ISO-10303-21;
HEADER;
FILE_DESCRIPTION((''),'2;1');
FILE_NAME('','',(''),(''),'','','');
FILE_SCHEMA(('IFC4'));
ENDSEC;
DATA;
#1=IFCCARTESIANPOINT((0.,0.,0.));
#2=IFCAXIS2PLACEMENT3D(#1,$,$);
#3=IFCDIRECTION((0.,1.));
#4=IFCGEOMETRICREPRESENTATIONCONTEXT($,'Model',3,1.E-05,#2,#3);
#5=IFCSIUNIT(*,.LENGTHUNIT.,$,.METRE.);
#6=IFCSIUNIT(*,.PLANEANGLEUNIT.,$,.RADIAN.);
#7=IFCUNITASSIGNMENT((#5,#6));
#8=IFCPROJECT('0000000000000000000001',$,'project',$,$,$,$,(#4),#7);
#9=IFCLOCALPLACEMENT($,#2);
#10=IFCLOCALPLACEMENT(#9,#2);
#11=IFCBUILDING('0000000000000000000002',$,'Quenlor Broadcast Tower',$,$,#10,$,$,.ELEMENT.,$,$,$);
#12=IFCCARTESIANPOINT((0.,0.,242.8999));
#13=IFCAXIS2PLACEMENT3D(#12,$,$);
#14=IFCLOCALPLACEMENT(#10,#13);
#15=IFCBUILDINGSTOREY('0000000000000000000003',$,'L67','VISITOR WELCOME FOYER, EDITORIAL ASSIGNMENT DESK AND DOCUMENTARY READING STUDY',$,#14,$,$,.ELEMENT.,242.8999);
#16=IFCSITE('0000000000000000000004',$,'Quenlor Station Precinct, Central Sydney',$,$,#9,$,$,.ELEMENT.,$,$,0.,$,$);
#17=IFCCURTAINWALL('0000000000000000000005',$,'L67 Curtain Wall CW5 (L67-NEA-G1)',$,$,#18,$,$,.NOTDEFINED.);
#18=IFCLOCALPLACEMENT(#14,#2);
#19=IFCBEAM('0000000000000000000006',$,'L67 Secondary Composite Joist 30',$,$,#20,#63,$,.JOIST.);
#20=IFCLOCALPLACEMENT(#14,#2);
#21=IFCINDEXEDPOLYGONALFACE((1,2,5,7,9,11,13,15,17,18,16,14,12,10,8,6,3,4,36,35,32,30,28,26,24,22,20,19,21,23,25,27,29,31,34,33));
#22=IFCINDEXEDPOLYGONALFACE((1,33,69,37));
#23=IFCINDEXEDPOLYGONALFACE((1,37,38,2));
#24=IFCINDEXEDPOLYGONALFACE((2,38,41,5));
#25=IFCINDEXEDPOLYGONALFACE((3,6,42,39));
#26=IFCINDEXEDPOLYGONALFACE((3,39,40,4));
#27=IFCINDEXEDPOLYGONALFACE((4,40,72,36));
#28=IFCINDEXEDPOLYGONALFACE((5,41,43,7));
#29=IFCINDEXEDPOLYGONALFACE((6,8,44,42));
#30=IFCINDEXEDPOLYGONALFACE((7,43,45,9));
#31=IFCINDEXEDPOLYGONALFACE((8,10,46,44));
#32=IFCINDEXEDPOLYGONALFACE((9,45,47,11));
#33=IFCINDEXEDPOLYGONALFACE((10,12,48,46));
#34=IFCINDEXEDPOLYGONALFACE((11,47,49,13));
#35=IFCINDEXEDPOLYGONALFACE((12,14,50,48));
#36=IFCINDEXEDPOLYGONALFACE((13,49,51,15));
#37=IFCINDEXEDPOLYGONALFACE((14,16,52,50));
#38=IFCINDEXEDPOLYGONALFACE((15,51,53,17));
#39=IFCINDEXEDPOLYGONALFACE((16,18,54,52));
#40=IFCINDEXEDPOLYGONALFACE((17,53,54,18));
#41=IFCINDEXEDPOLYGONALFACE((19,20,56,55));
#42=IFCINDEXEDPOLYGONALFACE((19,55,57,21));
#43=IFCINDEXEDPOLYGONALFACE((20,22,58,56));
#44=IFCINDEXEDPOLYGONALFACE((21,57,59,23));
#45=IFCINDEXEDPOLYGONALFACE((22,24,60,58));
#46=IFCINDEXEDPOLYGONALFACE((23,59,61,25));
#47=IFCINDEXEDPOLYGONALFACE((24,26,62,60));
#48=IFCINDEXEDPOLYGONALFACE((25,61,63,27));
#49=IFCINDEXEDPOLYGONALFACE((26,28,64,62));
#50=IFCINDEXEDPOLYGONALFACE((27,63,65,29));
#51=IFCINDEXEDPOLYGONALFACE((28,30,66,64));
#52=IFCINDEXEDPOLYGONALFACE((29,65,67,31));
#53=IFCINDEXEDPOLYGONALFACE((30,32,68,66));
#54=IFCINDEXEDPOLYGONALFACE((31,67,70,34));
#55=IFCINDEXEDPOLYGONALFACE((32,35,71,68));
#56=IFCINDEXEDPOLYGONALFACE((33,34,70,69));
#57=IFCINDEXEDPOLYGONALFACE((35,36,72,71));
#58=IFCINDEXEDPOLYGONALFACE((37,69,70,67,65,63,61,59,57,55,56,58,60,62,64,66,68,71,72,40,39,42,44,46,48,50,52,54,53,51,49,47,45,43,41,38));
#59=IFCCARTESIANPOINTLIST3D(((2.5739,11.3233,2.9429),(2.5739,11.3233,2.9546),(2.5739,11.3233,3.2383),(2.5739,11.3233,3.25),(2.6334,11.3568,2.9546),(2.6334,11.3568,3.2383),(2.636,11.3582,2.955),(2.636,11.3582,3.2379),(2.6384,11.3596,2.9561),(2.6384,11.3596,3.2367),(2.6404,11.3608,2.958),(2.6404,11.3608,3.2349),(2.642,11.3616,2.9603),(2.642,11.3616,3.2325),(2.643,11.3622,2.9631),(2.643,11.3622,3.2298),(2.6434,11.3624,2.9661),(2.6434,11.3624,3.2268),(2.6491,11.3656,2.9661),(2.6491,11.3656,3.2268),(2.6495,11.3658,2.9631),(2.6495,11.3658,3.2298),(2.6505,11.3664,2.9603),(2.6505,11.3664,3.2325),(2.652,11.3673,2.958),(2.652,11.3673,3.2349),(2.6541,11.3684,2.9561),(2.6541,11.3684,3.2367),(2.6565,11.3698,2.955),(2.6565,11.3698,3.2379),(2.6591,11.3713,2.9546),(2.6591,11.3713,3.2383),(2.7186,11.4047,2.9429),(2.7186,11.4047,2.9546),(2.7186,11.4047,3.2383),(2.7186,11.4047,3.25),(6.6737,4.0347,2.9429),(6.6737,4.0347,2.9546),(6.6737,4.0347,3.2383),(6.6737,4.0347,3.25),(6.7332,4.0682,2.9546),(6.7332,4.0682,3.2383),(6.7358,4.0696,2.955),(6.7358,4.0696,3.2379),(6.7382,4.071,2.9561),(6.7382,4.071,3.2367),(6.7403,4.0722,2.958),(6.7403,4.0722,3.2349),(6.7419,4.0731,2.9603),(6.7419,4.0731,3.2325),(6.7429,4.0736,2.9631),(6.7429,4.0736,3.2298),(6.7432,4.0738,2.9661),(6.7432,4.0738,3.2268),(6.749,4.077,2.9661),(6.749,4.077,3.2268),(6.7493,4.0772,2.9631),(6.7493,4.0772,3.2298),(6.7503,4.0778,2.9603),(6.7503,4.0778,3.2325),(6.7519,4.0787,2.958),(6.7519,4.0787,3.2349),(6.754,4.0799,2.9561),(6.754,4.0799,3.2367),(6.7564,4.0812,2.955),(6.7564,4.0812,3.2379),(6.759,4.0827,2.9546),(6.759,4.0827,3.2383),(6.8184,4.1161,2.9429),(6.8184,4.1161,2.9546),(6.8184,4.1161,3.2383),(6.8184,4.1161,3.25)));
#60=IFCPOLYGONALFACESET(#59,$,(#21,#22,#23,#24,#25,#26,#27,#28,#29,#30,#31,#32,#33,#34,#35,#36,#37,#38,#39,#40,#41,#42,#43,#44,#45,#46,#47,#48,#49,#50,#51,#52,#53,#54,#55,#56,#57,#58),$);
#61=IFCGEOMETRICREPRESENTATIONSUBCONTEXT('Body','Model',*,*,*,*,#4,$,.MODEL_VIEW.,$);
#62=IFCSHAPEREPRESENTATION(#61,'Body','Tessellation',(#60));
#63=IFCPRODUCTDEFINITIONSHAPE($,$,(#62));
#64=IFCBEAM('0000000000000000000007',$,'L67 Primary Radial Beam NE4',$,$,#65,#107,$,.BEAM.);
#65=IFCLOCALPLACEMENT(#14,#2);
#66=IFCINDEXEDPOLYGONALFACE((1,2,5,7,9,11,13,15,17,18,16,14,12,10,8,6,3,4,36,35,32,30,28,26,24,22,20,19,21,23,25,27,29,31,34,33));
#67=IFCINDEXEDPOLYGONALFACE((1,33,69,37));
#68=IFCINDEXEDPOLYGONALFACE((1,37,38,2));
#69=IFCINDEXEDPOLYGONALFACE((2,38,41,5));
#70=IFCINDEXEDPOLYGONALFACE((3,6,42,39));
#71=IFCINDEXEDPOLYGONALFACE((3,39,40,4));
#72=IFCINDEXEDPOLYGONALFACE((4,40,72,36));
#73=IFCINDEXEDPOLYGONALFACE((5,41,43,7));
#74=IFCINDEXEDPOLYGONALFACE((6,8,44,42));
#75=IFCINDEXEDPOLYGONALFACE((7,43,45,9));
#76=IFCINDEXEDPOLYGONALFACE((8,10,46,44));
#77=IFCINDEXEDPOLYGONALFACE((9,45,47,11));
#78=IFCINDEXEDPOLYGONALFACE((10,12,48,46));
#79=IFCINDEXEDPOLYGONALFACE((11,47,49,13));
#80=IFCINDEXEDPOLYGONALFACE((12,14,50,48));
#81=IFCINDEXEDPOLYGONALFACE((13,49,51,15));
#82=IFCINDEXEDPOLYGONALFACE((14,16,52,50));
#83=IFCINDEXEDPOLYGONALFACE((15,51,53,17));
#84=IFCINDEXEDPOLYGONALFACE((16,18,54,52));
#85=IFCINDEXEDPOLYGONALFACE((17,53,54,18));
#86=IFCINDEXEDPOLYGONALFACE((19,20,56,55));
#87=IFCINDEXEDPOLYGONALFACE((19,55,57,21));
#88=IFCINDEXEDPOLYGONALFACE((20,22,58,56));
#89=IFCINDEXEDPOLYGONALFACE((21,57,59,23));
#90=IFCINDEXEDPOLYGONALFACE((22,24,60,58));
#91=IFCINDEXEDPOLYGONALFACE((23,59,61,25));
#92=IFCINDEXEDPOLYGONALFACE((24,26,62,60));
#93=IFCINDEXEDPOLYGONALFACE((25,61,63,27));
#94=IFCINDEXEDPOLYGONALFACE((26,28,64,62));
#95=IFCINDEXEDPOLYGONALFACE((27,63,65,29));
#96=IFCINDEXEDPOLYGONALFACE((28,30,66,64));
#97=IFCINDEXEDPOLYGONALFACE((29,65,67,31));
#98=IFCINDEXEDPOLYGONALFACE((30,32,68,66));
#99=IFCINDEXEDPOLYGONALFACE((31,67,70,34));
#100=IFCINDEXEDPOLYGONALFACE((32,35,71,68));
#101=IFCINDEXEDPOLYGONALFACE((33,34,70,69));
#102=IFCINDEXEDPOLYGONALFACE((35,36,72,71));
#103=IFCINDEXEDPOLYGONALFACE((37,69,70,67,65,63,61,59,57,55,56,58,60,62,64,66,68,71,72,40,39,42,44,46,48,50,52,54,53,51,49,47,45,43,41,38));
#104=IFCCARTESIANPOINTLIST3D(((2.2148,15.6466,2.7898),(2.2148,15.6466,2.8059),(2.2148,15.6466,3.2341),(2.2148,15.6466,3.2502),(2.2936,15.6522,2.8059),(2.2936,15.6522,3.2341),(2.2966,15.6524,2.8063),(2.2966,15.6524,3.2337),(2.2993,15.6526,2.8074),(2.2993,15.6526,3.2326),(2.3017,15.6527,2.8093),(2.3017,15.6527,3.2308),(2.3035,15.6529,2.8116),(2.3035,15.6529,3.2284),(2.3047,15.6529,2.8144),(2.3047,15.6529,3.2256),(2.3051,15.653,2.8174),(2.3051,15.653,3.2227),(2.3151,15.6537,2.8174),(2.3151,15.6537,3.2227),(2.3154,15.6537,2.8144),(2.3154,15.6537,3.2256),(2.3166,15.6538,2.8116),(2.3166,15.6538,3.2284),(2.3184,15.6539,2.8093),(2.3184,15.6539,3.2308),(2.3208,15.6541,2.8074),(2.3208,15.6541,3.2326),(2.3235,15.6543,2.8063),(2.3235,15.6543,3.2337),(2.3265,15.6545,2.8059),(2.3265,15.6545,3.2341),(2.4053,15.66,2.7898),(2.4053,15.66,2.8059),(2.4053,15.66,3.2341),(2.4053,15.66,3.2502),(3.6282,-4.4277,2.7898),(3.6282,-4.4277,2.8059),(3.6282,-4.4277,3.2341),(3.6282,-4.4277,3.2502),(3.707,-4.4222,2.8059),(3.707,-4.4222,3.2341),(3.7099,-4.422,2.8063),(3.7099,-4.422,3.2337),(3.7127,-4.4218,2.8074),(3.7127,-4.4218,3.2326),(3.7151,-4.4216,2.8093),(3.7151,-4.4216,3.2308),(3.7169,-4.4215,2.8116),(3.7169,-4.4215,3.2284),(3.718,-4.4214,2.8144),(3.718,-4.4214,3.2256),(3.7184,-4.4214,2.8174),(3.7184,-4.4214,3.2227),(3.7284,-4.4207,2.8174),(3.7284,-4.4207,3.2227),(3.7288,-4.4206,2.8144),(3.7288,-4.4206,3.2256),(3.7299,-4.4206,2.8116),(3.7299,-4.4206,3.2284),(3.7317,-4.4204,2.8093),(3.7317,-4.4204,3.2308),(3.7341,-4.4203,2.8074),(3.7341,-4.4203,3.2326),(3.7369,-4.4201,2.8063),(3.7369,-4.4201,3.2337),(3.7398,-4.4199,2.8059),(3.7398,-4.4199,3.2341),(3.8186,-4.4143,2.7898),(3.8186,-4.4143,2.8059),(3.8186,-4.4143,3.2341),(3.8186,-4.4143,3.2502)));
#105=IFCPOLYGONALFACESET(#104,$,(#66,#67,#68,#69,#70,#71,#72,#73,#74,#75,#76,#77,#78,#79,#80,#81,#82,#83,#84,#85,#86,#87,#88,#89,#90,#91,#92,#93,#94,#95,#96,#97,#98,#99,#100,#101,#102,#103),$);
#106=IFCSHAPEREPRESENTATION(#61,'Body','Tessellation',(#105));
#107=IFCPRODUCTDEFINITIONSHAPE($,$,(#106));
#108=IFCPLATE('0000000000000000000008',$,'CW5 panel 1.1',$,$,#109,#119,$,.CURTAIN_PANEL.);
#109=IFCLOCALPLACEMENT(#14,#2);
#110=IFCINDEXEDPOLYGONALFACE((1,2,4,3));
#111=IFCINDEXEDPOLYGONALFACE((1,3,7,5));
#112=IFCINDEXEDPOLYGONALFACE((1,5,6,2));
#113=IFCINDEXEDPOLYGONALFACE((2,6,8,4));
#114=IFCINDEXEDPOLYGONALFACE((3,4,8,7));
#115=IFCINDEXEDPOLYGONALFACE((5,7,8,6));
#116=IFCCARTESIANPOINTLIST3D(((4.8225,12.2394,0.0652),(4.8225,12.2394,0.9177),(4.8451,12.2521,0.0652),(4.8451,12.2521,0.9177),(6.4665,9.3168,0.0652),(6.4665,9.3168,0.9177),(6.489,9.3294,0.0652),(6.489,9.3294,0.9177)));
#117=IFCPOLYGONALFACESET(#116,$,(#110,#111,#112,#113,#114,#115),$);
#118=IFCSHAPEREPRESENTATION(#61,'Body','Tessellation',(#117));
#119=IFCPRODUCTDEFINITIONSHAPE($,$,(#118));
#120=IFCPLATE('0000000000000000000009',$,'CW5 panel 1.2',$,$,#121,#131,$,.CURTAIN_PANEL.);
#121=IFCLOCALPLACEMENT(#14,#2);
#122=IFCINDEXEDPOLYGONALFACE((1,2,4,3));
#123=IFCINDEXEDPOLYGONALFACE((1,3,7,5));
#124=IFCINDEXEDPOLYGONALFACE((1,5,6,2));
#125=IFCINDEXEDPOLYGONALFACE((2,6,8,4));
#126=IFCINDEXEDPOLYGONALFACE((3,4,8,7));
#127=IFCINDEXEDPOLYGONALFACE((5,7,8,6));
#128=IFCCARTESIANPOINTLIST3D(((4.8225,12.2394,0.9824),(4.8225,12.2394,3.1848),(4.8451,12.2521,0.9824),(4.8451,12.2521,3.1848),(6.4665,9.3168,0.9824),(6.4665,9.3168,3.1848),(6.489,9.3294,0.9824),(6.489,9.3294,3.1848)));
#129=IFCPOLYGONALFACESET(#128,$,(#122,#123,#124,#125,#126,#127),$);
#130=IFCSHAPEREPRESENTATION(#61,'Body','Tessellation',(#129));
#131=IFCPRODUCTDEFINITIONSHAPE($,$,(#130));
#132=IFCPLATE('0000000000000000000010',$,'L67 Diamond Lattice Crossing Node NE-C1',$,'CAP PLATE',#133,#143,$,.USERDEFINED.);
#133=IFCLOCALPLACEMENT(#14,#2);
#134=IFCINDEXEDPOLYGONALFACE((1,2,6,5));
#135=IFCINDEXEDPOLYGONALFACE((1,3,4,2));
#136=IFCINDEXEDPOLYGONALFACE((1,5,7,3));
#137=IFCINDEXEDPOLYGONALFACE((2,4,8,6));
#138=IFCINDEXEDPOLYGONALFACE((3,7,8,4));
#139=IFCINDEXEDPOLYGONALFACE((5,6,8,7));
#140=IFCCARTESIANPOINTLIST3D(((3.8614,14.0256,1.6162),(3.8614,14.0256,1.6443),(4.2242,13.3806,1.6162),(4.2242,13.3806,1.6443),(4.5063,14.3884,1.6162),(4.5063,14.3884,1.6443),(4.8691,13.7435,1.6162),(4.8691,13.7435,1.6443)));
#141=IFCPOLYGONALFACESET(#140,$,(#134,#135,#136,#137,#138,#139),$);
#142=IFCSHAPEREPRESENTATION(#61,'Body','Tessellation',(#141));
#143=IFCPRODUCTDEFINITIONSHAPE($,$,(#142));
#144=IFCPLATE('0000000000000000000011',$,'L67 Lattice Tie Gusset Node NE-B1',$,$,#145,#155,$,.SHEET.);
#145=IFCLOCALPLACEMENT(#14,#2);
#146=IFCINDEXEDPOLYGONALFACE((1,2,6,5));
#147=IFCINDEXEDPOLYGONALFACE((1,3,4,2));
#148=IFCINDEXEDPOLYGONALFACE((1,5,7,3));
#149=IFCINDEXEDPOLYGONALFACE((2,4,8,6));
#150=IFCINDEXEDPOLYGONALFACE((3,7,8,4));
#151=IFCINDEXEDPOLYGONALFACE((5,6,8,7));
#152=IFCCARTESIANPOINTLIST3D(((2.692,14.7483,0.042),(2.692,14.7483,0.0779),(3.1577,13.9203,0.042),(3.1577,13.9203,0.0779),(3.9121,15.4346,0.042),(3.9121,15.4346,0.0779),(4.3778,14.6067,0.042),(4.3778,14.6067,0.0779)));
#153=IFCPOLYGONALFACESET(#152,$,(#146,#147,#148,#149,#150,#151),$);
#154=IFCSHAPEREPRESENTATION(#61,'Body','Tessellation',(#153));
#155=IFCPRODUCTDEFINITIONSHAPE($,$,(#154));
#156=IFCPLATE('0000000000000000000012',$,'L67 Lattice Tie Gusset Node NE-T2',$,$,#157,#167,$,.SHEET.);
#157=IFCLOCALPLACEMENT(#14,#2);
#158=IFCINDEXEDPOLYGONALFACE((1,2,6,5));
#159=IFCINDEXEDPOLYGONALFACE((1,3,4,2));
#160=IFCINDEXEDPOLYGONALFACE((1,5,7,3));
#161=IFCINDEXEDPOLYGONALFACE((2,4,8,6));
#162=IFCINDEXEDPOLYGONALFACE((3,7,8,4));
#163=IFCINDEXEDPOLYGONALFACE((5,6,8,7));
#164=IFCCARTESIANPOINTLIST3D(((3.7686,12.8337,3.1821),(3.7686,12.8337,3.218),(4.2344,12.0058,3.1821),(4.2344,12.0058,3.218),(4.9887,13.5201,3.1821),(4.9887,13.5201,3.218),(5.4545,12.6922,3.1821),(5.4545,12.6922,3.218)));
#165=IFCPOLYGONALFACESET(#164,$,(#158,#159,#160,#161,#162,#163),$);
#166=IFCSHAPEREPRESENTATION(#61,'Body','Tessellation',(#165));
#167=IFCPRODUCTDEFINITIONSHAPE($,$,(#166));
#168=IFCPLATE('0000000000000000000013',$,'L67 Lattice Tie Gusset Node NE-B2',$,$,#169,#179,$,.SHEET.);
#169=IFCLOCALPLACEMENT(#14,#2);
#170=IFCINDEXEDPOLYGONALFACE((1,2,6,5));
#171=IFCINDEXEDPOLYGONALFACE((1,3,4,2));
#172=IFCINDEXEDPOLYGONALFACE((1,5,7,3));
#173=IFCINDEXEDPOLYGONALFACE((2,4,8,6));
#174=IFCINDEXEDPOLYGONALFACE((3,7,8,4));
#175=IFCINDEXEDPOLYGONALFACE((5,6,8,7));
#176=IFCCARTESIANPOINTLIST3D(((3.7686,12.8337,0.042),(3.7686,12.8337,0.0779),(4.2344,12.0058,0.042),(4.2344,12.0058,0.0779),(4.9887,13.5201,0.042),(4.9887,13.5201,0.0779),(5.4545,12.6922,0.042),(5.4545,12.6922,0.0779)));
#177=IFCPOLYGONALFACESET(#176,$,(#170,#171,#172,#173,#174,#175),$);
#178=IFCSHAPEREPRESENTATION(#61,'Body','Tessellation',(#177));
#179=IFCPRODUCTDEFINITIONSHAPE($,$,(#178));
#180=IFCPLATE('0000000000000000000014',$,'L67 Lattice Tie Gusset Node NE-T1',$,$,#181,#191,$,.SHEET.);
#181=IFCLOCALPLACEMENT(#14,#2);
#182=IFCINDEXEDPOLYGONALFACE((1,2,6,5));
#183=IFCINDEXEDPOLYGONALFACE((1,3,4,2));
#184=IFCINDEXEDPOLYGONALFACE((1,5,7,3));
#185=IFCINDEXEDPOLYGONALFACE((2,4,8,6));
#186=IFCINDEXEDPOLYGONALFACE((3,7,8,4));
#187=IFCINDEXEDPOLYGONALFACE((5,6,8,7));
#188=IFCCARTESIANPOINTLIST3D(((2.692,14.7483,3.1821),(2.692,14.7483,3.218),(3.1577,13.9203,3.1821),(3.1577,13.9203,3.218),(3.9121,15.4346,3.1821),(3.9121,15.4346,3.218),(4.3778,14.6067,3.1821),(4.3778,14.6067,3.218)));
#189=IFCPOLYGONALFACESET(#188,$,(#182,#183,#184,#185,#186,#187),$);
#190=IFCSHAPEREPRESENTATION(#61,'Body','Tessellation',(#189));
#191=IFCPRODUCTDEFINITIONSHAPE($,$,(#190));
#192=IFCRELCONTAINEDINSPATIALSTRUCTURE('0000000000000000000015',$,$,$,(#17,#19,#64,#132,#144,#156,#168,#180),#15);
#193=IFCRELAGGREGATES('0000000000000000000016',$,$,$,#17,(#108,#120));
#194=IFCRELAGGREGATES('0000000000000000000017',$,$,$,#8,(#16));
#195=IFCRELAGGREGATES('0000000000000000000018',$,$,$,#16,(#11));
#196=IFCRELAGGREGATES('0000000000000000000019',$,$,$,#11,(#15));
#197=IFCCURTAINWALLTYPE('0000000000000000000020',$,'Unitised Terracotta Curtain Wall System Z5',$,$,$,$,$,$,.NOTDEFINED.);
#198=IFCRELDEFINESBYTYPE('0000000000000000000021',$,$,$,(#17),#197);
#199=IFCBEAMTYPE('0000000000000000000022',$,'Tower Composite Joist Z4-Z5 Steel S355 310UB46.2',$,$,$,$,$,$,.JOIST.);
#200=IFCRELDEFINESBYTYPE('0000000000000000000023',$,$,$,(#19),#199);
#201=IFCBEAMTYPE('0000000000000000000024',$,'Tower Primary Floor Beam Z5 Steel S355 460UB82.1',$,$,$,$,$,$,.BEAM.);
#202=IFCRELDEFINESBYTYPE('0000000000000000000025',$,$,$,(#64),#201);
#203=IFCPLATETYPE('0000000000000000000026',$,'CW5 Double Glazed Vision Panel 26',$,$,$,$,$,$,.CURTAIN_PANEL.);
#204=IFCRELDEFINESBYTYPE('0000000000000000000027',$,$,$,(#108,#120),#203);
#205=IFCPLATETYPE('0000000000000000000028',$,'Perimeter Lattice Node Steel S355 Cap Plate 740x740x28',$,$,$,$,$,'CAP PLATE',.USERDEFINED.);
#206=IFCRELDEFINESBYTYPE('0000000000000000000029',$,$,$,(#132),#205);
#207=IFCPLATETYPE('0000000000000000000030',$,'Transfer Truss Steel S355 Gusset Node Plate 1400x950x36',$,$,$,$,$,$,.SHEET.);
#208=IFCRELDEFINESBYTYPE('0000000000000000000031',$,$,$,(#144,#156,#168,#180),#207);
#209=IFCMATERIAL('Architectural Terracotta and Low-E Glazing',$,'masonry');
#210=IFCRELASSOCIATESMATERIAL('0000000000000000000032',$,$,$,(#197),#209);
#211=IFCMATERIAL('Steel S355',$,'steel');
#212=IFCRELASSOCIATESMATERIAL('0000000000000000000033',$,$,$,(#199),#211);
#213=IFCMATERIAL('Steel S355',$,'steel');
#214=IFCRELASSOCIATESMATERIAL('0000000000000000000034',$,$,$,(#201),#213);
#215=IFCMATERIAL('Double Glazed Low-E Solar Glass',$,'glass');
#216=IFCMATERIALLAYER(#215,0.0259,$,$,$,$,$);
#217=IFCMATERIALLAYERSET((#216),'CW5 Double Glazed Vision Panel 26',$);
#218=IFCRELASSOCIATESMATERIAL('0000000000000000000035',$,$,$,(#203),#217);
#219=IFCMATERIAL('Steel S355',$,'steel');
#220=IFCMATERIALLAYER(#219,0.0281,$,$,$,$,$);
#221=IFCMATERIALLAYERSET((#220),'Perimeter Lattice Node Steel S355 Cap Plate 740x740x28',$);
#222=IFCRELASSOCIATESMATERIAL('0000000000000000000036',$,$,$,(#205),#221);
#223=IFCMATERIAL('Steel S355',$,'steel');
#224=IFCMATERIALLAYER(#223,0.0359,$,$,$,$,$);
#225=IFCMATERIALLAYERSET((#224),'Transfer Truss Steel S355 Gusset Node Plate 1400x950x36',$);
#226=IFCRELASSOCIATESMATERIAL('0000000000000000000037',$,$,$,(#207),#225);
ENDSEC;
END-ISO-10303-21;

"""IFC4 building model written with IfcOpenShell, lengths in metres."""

from ifc_helpers import new_model, si_unit, direction, frame, origin, origin_2d, place, context, subcontext, project, spatial, rectangle, i_section, extrude, material, layer, layer_set, material_profile, profile_set, type_object, element, aggregate, save


model = new_model("IFC4")

# Units and contexts
model_context = context("Model", 3, precision=1e-05, world=origin(), true_north=direction((0.0, 1.0)))
body_context = subcontext(model_context, "Body", "Model", "MODEL_VIEW")
ifc_project = project(units=[si_unit("LENGTHUNIT", "METRE"), si_unit("PLANEANGLEUNIT", "RADIAN")], contexts=[model_context])

# Site, building, storey
site_placement = place(None, origin())
site = spatial("IfcSite", under=ifc_project, at=site_placement, Name="Quenlor Station Precinct, Central Sydney", CompositionType="ELEMENT", RefElevation=0.0)
building_placement = place(site_placement, origin())
building = spatial("IfcBuilding", under=site, at=building_placement, Name="Quenlor Broadcast Tower", CompositionType="ELEMENT")
storey_placement = place(building_placement, frame((0.0, 0.0, 242.8999)))
storey = spatial("IfcBuildingStorey", under=building, at=storey_placement, Name="L67", Description="VISITOR WELCOME FOYER, EDITORIAL ASSIGNMENT DESK AND DOCUMENTARY READING STUDY", CompositionType="ELEMENT", Elevation=242.8999)

# Curtain wall
ifc_material_1 = material(Name="Architectural Terracotta and Low-E Glazing", Category="masonry")
curtain_wall_type = type_object("IfcCurtainWallType", Name="Unitised Terracotta Curtain Wall System Z5", PredefinedType="NOTDEFINED", material=ifc_material_1)
curtain_wall_placement = place(storey_placement, origin())
curtain_wall = element("IfcCurtainWall", 1, at=curtain_wall_placement, inside=storey, type_object=curtain_wall_type, Name="L67 Curtain Wall CW5 (L67-NEA-G1)", PredefinedType="NOTDEFINED")

# Beams
ifc_material_2 = material(Name="Steel S355", Category="steel")
ifc_material_profile_1 = material_profile(ifc_material_2, i_section(OverallWidth=0.166, OverallDepth=0.3071, WebThickness=0.0066, FlangeThickness=0.0117, FilletRadius=0.0115, at=origin_2d()))
ifc_profile_set_1 = profile_set([ifc_material_profile_1], Name="Steel S355 310UB46.2")
beam_type_1 = type_object("IfcBeamType", Name="Tower Composite Joist Z4-Z5 Steel S355 310UB46.2", PredefinedType="JOIST", material=ifc_profile_set_1)
beam_1_placement = place(storey_placement, frame((2.6462, 11.364, 3.0964), z_axis=(0.490264, -0.871574, 0.0), x_axis=(0.871574, 0.490264, 0.0)))
element("IfcBeam", 2, at=beam_1_placement, inside=storey, type_object=beam_type_1, Name="L67 Secondary Composite Joist 30", PredefinedType="JOIST", context=body_context, shape_type="SweptSolid", body=[
    extrude(i_section(OverallWidth=0.166, OverallDepth=0.3071, WebThickness=0.0066, FlangeThickness=0.0117, FilletRadius=0.0115, at=origin_2d()), origin(), (0.0, 0.0, 1.0), 8.3625),
])
ifc_material_3 = material(Name="Steel S355", Category="steel")
ifc_material_profile_2 = material_profile(ifc_material_3, i_section(OverallWidth=0.1909, OverallDepth=0.4604, WebThickness=0.01, FlangeThickness=0.0161, FilletRadius=0.0115, at=origin_2d()))
ifc_profile_set_2 = profile_set([ifc_material_profile_2], Name="Steel S355 460UB82.1")
beam_type_2 = type_object("IfcBeamType", Name="Tower Primary Floor Beam Z5 Steel S355 460UB82.1", PredefinedType="BEAM", material=ifc_profile_set_2)
beam_2_placement = place(storey_placement, frame((2.3101, 15.6533, 3.02), z_axis=(0.070231, -0.997531, 0.0), x_axis=(0.997531, 0.070231, 0.0)))
element("IfcBeam", 3, at=beam_2_placement, inside=storey, type_object=beam_type_2, Name="L67 Primary Radial Beam NE4", PredefinedType="BEAM", context=body_context, shape_type="SweptSolid", body=[
    extrude(i_section(OverallWidth=0.1909, OverallDepth=0.4604, WebThickness=0.01, FlangeThickness=0.0161, FilletRadius=0.0115, at=origin_2d()), origin(), (0.0, 0.0, 1.0), 20.124),
])

# Plates
ifc_material_4 = material(Name="Double Glazed Low-E Solar Glass", Category="glass")
ifc_layer_1 = layer(ifc_material_4, 0.0259)
ifc_layer_set_1 = layer_set([ifc_layer_1], Name="CW5 Double Glazed Vision Panel 26")
plate_type_1 = type_object("IfcPlateType", Name="CW5 Double Glazed Vision Panel 26", PredefinedType="CURTAIN_PANEL", material=ifc_layer_set_1)
plate_1_placement = place(storey_placement, frame((5.6558, 10.7844, 0.0652), z_axis=(0.0, 0.0, 1.0), x_axis=(0.49025, -0.871582, 0.0)))
plate_1 = element("IfcPlate", 4, at=plate_1_placement, type_object=plate_type_1, Name="CW5 panel 1.1", PredefinedType="CURTAIN_PANEL", context=body_context, shape_type="SweptSolid", body=[
    extrude(rectangle(XDim=3.3533, YDim=0.0259, at=origin_2d()), origin(), (0.0, 0.0, 1.0), 0.8525),
])
plate_2_placement = place(storey_placement, frame((5.6558, 10.7844, 0.9824), z_axis=(0.0, 0.0, 1.0), x_axis=(0.49025, -0.871582, 0.0)))
plate_2 = element("IfcPlate", 5, at=plate_2_placement, type_object=plate_type_1, Name="CW5 panel 1.2", PredefinedType="CURTAIN_PANEL", context=body_context, shape_type="SweptSolid", body=[
    extrude(rectangle(XDim=3.3533, YDim=0.0259, at=origin_2d()), origin(), (0.0, 0.0, 1.0), 2.2024),
])
aggregate(curtain_wall, [plate_1, plate_2])

# Plates
ifc_material_5 = material(Name="Steel S355", Category="steel")
ifc_layer_2 = layer(ifc_material_5, 0.0281)
ifc_layer_set_2 = layer_set([ifc_layer_2], Name="Perimeter Lattice Node Steel S355 Cap Plate 740x740x28")
plate_type_2 = type_object("IfcPlateType", Name="Perimeter Lattice Node Steel S355 Cap Plate 740x740x28", ElementType="CAP PLATE", PredefinedType="USERDEFINED", material=ifc_layer_set_2)
plate_3_placement = place(storey_placement, frame((4.3652, 13.8845, 1.6162), z_axis=(0.0, 0.0, 1.0), x_axis=(0.490295, -0.871556, 0.0)))
element("IfcPlate", 6, at=plate_3_placement, inside=storey, type_object=plate_type_2, Name="L67 Diamond Lattice Crossing Node NE-C1", ObjectType="CAP PLATE", PredefinedType="USERDEFINED", context=body_context, shape_type="SweptSolid", body=[
    extrude(rectangle(XDim=0.74, YDim=0.74, at=origin_2d()), origin(), (0.0, 0.0, 1.0), 0.0281),
])
ifc_material_6 = material(Name="Steel S355", Category="steel")
ifc_layer_3 = layer(ifc_material_6, 0.0359)
ifc_layer_set_3 = layer_set([ifc_layer_3], Name="Transfer Truss Steel S355 Gusset Node Plate 1400x950x36")
plate_type_3 = type_object("IfcPlateType", Name="Transfer Truss Steel S355 Gusset Node Plate 1400x950x36", PredefinedType="SHEET", material=ifc_layer_set_3)
for number, where, z_axis, x_axis, name in (
    (7, (3.5349, 14.6775, 0.042), (0.0, 0.0, 1.0), (0.871556, 0.490295, 0.0), "L67 Lattice Tie Gusset Node NE-B1"),
    (8, (4.6116, 12.7629, 3.1821), (0.0, 0.0, 1.0), (0.871556, 0.490295, 0.0), "L67 Lattice Tie Gusset Node NE-T2"),
    (9, (4.6116, 12.7629, 0.042), (0.0, 0.0, 1.0), (0.871556, 0.490295, 0.0), "L67 Lattice Tie Gusset Node NE-B2"),
    (10, (3.5349, 14.6775, 3.1821), (0.0, 0.0, 1.0), (0.871556, 0.490295, 0.0), "L67 Lattice Tie Gusset Node NE-T1"),
):
    element("IfcPlate", number, at=place(storey_placement, frame(where, z_axis=z_axis, x_axis=x_axis)), inside=storey, type_object=plate_type_3, Name=name, PredefinedType="SHEET", context=body_context, shape_type="SweptSolid", body=[
        extrude(rectangle(XDim=1.3999, YDim=0.95, at=origin_2d()), origin(), (0.0, 0.0, 1.0), 0.0359),
    ])

save(model, "model.ifc")
